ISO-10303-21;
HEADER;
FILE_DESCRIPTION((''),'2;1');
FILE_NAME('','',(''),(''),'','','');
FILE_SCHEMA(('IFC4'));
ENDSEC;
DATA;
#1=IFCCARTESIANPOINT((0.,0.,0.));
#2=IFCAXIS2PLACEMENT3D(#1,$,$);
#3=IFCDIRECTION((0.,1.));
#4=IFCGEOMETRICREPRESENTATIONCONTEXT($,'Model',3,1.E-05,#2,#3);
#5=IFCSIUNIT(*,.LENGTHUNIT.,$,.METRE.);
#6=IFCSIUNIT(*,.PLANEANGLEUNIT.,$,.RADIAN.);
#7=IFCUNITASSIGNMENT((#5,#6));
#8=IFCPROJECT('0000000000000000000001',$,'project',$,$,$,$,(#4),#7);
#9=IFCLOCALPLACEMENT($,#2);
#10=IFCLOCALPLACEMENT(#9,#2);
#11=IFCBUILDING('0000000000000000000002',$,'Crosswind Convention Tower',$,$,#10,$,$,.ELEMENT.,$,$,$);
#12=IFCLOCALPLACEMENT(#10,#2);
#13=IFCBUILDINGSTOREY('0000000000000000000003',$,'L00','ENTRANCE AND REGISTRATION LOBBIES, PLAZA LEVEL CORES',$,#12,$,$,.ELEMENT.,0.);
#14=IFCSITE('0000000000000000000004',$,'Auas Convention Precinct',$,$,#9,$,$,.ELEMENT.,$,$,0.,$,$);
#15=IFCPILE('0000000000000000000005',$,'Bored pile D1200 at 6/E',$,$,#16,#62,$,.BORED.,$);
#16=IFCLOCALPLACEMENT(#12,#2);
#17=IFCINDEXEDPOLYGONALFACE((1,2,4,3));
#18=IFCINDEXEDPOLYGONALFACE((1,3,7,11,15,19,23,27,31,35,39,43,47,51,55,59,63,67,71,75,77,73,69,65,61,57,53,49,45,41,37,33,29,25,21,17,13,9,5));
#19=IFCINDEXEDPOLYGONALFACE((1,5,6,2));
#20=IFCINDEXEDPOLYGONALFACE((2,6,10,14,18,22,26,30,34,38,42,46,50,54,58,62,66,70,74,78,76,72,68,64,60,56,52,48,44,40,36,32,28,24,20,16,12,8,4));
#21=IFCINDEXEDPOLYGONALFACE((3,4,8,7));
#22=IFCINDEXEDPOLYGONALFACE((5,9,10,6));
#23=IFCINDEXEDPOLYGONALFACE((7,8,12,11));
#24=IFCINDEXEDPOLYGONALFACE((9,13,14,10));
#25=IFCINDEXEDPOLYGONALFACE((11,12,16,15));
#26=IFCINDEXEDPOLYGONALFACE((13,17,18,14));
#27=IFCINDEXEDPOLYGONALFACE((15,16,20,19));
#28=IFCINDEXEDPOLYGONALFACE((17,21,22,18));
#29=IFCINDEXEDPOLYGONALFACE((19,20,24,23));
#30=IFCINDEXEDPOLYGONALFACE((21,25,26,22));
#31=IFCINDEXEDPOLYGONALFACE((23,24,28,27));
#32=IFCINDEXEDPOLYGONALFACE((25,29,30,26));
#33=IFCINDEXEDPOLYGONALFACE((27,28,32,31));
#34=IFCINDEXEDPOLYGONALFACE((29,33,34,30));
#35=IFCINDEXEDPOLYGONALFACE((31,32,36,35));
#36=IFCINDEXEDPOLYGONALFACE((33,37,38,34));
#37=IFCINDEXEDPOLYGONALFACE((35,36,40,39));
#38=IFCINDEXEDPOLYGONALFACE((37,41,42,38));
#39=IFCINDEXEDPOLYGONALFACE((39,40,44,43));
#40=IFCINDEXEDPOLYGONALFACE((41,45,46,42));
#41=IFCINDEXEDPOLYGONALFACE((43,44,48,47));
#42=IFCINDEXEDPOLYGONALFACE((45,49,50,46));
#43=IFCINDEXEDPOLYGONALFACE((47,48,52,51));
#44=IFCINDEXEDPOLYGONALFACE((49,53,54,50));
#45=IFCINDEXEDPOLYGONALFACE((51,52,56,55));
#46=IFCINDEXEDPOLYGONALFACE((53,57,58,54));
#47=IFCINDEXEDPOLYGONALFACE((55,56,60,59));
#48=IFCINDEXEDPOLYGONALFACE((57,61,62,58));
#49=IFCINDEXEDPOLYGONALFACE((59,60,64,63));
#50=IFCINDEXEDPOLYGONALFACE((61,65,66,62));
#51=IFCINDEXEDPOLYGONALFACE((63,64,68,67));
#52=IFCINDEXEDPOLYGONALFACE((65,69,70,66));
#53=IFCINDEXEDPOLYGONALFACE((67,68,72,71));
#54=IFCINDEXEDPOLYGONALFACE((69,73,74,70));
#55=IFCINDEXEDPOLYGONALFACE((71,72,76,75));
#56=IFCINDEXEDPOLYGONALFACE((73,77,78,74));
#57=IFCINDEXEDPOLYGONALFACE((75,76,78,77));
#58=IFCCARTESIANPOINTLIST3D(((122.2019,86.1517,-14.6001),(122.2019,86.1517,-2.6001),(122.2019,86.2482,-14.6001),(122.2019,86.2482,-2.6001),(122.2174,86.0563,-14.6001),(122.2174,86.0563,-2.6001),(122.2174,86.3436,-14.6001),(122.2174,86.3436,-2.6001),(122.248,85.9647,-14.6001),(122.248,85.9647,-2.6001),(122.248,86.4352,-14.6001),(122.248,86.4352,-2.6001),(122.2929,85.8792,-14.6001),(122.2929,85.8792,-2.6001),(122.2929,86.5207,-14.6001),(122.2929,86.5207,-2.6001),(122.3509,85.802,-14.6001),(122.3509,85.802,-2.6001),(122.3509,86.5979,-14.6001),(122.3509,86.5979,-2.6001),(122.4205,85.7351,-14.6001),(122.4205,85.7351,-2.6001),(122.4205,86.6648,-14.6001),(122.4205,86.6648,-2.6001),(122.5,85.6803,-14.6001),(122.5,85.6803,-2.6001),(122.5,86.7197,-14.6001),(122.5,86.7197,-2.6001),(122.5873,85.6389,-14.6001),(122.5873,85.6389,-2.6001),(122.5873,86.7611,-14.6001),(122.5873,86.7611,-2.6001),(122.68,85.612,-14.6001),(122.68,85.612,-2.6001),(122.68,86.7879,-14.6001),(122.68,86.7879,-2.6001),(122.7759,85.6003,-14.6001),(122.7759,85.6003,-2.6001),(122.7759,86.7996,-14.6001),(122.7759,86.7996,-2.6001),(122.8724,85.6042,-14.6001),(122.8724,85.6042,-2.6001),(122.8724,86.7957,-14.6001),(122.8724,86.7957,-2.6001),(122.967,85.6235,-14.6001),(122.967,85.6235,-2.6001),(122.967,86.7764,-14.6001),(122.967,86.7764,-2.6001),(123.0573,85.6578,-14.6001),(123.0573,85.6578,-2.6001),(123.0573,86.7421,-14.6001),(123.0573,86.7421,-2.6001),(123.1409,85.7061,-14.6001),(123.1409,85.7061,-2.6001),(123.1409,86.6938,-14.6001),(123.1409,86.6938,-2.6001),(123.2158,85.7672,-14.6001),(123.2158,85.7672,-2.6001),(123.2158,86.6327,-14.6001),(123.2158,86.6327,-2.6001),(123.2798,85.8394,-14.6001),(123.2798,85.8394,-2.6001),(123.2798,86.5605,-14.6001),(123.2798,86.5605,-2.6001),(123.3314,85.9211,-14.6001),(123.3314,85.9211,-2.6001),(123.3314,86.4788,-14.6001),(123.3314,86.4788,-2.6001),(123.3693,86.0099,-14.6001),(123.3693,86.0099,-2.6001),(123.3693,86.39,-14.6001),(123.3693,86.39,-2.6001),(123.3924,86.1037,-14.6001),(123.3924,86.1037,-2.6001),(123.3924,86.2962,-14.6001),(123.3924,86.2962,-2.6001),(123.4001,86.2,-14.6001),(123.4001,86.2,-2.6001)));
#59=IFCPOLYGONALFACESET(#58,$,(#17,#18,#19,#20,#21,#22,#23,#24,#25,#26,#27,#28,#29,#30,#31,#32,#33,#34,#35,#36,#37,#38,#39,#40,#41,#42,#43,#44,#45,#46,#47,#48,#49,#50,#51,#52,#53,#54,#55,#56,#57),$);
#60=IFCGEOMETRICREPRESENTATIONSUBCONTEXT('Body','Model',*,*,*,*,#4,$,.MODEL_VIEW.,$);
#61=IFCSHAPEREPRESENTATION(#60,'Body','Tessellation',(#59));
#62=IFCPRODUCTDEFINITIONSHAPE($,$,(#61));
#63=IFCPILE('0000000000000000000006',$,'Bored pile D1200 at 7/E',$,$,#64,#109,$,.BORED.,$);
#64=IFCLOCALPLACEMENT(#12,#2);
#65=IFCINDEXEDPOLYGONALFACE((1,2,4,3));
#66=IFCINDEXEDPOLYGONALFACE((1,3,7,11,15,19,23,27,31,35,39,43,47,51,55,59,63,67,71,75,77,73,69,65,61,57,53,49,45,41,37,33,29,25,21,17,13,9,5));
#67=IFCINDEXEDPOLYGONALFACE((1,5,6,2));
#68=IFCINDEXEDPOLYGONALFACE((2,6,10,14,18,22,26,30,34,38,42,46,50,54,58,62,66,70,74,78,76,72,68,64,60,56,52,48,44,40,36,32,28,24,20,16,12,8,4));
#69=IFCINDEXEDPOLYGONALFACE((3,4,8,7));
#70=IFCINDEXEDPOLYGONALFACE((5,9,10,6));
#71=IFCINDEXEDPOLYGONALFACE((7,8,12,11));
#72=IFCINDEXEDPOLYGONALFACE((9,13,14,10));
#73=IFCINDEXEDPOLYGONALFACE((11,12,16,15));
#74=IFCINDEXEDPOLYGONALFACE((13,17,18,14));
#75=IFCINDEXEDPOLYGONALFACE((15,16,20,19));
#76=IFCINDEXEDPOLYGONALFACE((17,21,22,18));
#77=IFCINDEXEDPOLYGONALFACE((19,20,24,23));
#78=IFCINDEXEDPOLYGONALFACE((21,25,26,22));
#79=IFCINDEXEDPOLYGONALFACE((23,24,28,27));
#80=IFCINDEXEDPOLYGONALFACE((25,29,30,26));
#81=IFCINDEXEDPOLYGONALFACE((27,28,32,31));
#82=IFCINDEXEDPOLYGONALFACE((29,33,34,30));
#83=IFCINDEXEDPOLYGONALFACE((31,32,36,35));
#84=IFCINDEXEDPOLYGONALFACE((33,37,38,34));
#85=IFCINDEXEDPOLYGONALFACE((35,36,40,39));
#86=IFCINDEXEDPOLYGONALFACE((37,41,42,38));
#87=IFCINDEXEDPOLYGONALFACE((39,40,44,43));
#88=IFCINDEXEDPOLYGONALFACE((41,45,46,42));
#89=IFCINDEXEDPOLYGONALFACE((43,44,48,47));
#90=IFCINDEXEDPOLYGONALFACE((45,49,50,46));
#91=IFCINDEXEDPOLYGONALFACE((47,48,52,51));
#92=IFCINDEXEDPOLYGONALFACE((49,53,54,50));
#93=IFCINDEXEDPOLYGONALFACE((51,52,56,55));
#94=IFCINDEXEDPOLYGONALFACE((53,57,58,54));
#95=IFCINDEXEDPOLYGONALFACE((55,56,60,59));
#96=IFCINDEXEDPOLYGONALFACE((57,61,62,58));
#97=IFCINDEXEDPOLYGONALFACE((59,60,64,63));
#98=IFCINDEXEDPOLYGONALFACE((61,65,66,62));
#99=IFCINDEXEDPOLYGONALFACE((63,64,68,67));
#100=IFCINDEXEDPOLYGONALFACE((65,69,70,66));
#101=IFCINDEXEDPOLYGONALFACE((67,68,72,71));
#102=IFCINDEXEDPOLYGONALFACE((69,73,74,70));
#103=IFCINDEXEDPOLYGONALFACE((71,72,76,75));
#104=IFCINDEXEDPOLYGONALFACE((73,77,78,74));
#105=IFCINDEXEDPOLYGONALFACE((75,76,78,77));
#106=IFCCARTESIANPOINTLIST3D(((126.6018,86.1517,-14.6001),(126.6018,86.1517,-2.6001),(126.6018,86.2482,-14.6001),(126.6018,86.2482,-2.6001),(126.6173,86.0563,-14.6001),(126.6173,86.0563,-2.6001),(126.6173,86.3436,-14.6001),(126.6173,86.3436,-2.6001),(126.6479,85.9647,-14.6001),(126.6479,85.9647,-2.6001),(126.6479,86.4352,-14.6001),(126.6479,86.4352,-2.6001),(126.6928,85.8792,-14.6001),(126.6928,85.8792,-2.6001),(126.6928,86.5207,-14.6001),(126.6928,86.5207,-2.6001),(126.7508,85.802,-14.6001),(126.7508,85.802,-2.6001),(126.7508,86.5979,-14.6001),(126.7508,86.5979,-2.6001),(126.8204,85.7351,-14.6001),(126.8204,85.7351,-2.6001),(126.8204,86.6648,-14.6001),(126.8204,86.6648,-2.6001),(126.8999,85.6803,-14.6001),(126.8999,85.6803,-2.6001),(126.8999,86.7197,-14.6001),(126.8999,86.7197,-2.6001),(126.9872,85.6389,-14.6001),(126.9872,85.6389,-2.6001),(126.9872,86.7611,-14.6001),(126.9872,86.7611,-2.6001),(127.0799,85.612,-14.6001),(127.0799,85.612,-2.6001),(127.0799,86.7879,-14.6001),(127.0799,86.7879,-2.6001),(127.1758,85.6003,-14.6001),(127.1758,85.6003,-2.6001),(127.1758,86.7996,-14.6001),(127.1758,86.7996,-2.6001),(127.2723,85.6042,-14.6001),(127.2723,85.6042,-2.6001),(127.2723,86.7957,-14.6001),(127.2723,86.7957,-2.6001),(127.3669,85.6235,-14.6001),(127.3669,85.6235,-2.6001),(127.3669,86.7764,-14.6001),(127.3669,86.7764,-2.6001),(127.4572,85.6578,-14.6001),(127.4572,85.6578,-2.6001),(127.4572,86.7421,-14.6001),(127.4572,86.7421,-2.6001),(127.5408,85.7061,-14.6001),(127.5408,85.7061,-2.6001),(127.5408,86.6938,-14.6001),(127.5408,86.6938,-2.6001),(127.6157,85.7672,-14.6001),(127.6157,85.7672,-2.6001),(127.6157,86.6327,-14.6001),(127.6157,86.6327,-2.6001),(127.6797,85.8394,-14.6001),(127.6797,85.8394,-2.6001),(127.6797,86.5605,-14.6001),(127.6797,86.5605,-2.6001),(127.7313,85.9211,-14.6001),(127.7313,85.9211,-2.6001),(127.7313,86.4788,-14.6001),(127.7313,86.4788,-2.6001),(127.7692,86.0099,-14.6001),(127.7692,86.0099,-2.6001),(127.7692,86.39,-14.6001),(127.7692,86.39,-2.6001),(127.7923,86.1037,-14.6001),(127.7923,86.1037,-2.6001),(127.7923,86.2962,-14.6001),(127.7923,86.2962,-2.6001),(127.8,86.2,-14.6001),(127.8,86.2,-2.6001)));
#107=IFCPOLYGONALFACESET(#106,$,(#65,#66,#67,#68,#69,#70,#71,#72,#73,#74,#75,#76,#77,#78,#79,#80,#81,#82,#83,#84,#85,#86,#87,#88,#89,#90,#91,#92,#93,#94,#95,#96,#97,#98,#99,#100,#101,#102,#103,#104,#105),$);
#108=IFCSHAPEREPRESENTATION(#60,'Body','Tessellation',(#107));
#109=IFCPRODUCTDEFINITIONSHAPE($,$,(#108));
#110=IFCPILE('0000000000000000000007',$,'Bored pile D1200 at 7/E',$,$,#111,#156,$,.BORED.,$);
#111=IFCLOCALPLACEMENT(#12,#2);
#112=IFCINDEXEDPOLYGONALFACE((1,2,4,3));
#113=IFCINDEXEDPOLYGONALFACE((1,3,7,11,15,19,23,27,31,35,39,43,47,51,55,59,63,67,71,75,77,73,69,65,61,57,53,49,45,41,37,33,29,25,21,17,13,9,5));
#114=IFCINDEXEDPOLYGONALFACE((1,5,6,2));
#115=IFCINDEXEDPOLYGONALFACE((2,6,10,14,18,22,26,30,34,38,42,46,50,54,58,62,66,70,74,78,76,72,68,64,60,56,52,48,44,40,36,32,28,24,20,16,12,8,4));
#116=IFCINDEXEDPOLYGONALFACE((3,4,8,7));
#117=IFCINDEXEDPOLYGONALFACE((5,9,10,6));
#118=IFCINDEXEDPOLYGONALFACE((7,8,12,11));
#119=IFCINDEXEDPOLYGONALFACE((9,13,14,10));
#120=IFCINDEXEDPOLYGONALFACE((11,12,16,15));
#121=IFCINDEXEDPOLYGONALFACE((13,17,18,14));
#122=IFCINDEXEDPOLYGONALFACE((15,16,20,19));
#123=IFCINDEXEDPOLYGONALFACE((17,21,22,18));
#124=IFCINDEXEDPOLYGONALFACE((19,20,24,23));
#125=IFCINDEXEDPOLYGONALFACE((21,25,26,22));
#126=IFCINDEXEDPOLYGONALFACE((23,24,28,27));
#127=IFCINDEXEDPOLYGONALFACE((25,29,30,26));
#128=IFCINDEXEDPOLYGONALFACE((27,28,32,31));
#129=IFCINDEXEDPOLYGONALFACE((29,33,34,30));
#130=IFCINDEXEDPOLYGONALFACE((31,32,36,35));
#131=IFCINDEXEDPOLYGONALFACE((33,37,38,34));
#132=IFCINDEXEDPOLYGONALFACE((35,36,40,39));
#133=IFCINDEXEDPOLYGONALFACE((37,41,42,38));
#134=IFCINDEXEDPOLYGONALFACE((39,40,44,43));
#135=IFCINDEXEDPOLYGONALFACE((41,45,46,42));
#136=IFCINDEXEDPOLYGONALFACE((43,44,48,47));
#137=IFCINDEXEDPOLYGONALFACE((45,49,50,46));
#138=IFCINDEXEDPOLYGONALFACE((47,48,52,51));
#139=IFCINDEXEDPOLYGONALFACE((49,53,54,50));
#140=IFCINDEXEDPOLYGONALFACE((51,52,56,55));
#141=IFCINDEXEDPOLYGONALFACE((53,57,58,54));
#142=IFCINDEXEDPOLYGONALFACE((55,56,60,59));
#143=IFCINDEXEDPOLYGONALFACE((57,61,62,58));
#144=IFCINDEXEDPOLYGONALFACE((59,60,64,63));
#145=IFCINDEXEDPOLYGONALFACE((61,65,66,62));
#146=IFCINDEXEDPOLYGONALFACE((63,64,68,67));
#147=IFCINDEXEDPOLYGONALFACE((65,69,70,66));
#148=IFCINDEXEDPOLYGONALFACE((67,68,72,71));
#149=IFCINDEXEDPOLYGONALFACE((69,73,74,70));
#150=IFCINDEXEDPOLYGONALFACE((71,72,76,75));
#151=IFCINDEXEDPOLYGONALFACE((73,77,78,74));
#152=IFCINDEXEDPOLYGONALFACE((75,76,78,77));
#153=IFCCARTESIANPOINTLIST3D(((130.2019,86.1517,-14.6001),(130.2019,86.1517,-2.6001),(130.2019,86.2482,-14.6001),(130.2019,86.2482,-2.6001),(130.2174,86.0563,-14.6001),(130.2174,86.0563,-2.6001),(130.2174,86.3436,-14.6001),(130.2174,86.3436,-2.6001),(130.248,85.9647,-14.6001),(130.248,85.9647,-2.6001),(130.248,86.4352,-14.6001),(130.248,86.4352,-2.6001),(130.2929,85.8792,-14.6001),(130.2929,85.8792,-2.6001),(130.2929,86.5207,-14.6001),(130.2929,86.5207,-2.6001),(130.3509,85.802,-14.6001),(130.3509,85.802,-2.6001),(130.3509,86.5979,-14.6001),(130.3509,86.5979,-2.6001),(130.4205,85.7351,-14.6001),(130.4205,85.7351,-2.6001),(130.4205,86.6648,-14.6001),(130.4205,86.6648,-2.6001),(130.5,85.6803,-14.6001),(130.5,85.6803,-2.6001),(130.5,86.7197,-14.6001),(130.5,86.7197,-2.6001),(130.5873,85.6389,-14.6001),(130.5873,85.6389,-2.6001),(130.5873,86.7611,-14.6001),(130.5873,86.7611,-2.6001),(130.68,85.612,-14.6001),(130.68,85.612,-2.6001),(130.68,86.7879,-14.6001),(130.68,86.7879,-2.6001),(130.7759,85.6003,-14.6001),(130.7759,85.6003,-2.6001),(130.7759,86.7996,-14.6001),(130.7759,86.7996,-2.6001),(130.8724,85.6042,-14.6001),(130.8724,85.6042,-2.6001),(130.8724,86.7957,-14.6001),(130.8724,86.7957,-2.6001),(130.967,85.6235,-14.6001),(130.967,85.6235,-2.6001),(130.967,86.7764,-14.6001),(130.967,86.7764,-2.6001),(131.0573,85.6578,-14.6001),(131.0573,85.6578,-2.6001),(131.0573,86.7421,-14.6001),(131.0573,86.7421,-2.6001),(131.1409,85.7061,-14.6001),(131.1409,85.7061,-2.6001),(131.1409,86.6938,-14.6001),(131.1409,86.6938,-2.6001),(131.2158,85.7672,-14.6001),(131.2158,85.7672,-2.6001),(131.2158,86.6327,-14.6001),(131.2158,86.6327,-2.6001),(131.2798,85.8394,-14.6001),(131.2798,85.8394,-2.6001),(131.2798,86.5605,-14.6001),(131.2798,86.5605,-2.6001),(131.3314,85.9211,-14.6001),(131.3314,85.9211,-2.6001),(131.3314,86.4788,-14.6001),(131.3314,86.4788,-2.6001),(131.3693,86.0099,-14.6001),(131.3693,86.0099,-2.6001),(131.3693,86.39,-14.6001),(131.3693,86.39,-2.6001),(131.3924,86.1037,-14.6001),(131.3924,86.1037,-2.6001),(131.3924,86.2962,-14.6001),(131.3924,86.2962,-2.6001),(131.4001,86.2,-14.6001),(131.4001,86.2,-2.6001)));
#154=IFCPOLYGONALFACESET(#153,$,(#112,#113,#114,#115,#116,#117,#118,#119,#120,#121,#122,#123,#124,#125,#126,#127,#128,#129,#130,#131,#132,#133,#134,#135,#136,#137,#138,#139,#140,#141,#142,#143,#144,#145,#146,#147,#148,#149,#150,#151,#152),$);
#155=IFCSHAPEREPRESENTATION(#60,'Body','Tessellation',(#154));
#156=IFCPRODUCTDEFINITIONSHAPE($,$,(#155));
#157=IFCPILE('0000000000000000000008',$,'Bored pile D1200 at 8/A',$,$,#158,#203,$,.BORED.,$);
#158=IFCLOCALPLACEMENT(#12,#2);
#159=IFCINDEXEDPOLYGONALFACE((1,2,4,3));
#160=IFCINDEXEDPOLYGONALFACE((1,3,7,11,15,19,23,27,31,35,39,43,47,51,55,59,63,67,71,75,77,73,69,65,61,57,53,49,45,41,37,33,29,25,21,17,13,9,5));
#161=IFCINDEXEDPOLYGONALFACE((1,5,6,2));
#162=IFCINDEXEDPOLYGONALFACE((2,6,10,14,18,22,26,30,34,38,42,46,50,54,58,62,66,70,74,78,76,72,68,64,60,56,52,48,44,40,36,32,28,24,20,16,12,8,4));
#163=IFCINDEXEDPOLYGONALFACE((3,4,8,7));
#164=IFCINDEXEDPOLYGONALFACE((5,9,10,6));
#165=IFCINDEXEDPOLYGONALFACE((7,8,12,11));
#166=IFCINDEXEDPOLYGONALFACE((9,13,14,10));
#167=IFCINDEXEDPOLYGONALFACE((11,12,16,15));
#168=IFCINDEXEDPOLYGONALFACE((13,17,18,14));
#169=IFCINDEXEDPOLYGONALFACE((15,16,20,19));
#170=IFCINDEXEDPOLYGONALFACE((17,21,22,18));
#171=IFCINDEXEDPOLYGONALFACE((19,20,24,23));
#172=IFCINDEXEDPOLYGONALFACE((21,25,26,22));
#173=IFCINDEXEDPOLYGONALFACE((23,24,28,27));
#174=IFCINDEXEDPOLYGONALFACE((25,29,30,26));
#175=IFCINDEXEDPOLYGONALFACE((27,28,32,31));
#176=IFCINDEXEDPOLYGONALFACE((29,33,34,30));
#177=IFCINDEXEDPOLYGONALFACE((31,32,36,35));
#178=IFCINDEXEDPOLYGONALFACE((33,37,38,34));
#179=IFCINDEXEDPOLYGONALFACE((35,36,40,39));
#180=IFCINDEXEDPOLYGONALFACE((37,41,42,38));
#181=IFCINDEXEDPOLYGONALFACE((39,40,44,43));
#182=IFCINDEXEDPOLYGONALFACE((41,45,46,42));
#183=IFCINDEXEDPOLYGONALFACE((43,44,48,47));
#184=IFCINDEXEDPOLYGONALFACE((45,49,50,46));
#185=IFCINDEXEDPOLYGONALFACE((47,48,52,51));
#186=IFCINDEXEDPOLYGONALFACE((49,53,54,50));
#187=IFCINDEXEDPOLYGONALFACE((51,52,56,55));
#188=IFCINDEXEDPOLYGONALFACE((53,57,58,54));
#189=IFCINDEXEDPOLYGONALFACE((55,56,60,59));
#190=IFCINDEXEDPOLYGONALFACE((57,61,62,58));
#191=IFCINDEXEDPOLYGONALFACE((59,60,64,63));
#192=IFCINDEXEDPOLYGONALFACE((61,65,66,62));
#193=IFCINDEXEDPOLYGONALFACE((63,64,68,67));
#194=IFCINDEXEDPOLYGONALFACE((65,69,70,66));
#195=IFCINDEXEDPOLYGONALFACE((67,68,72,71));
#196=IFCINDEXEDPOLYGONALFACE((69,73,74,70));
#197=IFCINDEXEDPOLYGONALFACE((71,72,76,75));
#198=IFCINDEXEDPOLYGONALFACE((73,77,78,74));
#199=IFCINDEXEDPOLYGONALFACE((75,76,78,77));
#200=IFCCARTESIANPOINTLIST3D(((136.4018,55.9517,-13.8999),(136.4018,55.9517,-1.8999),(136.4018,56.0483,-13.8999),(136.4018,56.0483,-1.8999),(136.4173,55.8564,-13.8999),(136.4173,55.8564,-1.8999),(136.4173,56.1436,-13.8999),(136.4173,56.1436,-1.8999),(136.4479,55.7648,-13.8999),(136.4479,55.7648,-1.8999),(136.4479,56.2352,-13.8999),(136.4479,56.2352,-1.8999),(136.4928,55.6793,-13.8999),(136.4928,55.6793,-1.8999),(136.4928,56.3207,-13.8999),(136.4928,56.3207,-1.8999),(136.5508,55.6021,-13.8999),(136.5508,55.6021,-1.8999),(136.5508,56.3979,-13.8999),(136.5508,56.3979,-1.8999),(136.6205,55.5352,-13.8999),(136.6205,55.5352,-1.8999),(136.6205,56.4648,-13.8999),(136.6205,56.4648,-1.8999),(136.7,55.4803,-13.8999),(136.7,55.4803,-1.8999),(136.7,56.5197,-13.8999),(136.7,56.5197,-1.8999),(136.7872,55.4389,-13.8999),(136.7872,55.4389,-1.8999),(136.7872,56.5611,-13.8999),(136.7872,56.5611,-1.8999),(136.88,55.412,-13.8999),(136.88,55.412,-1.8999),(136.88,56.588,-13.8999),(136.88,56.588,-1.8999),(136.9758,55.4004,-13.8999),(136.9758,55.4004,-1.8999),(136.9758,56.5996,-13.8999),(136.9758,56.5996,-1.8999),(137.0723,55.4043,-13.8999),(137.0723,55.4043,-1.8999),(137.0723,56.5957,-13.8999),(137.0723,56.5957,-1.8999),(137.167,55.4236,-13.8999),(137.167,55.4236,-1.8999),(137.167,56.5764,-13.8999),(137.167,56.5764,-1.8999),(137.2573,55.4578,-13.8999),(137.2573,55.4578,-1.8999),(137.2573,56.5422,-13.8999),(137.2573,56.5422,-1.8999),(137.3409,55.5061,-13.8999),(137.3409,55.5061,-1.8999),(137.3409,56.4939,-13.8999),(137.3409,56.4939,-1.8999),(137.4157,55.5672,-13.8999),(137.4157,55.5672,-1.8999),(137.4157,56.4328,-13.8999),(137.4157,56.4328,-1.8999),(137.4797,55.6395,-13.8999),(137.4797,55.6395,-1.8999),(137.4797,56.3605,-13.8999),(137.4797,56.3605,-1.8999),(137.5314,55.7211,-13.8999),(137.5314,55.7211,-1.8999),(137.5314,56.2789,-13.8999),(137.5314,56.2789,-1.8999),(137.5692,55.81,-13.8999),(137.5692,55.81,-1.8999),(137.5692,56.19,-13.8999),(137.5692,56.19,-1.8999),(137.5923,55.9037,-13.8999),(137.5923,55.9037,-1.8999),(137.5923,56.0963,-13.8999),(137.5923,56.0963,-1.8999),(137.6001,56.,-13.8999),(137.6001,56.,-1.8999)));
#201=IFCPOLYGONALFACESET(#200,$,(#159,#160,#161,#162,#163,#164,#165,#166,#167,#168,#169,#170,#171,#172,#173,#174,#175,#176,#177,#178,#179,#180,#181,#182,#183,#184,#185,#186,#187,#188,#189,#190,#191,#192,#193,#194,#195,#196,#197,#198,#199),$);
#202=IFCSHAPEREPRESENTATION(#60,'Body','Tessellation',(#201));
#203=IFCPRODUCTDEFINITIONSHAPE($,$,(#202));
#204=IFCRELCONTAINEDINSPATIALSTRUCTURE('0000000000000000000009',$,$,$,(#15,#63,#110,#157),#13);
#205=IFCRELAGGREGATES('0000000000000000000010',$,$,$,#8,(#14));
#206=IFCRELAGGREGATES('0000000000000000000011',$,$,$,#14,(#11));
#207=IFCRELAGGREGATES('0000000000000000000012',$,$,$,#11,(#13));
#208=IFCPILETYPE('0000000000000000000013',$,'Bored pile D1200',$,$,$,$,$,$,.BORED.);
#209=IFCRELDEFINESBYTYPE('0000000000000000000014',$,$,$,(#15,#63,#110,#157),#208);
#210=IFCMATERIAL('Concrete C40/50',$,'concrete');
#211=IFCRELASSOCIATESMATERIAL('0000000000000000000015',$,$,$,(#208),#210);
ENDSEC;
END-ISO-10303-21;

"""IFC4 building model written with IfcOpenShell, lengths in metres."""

from ifc_helpers import new_model, si_unit, direction, frame, origin, origin_2d, place, context, subcontext, project, spatial, circle, extrude, material, material_profile, profile_set, type_object, element, save


model = new_model("IFC4")

# Units and contexts
model_context = context("Model", 3, precision=1e-05, world=origin(), true_north=direction((0.0, 1.0)))
body_context = subcontext(model_context, "Body", "Model", "MODEL_VIEW")
ifc_project = project(units=[si_unit("LENGTHUNIT", "METRE"), si_unit("PLANEANGLEUNIT", "RADIAN")], contexts=[model_context])

# Site, building, storey
site_placement = place(None, origin())
site = spatial("IfcSite", under=ifc_project, at=site_placement, Name="Auas Convention Precinct", CompositionType="ELEMENT", RefElevation=0.0)
building_placement = place(site_placement, origin())
building = spatial("IfcBuilding", under=site, at=building_placement, Name="Crosswind Convention Tower", CompositionType="ELEMENT")
storey_placement = place(building_placement, origin())
storey = spatial("IfcBuildingStorey", under=building, at=storey_placement, Name="L00", Description="ENTRANCE AND REGISTRATION LOBBIES, PLAZA LEVEL CORES", CompositionType="ELEMENT", Elevation=0.0)

# Piles
ifc_material_1 = material(Name="Concrete C40/50", Category="concrete")
ifc_material_profile_1 = material_profile(ifc_material_1, circle(Radius=0.6001, at=origin_2d()), Name="Bored pile D1200")
ifc_profile_set_1 = profile_set([ifc_material_profile_1], Name="Concrete C40/50")
pile_type_1 = type_object("IfcPileType", Name="Bored pile D1200", PredefinedType="BORED", material=ifc_profile_set_1)
for number, where, z_axis, x_axis, name in (
    (1, (122.8, 86.2, -2.6001), (0.0, 0.0, -1.0), (1.0, 0.0, 0.0), "Bored pile D1200 at 6/E"),
    (2, (127.2, 86.2, -2.6001), (0.0, 0.0, -1.0), (1.0, 0.0, 0.0), "Bored pile D1200 at 7/E"),
    (3, (130.8, 86.2, -2.6001), (0.0, 0.0, -1.0), (1.0, 0.0, 0.0), "Bored pile D1200 at 7/E"),
    (4, (137.0, 56.0, -1.8999), (0.0, 0.0, -1.0), (1.0, 0.0, 0.0), "Bored pile D1200 at 8/A"),
):
    element("IfcPile", number, at=place(storey_placement, frame(where, z_axis=z_axis, x_axis=x_axis)), inside=storey, type_object=pile_type_1, Name=name, PredefinedType="BORED", context=body_context, shape_type="SweptSolid", body=[
        extrude(circle(Radius=0.6001, at=origin_2d()), origin(), (0.0, 0.0, 1.0), 12.0),
    ])

save(model, "model.ifc")
